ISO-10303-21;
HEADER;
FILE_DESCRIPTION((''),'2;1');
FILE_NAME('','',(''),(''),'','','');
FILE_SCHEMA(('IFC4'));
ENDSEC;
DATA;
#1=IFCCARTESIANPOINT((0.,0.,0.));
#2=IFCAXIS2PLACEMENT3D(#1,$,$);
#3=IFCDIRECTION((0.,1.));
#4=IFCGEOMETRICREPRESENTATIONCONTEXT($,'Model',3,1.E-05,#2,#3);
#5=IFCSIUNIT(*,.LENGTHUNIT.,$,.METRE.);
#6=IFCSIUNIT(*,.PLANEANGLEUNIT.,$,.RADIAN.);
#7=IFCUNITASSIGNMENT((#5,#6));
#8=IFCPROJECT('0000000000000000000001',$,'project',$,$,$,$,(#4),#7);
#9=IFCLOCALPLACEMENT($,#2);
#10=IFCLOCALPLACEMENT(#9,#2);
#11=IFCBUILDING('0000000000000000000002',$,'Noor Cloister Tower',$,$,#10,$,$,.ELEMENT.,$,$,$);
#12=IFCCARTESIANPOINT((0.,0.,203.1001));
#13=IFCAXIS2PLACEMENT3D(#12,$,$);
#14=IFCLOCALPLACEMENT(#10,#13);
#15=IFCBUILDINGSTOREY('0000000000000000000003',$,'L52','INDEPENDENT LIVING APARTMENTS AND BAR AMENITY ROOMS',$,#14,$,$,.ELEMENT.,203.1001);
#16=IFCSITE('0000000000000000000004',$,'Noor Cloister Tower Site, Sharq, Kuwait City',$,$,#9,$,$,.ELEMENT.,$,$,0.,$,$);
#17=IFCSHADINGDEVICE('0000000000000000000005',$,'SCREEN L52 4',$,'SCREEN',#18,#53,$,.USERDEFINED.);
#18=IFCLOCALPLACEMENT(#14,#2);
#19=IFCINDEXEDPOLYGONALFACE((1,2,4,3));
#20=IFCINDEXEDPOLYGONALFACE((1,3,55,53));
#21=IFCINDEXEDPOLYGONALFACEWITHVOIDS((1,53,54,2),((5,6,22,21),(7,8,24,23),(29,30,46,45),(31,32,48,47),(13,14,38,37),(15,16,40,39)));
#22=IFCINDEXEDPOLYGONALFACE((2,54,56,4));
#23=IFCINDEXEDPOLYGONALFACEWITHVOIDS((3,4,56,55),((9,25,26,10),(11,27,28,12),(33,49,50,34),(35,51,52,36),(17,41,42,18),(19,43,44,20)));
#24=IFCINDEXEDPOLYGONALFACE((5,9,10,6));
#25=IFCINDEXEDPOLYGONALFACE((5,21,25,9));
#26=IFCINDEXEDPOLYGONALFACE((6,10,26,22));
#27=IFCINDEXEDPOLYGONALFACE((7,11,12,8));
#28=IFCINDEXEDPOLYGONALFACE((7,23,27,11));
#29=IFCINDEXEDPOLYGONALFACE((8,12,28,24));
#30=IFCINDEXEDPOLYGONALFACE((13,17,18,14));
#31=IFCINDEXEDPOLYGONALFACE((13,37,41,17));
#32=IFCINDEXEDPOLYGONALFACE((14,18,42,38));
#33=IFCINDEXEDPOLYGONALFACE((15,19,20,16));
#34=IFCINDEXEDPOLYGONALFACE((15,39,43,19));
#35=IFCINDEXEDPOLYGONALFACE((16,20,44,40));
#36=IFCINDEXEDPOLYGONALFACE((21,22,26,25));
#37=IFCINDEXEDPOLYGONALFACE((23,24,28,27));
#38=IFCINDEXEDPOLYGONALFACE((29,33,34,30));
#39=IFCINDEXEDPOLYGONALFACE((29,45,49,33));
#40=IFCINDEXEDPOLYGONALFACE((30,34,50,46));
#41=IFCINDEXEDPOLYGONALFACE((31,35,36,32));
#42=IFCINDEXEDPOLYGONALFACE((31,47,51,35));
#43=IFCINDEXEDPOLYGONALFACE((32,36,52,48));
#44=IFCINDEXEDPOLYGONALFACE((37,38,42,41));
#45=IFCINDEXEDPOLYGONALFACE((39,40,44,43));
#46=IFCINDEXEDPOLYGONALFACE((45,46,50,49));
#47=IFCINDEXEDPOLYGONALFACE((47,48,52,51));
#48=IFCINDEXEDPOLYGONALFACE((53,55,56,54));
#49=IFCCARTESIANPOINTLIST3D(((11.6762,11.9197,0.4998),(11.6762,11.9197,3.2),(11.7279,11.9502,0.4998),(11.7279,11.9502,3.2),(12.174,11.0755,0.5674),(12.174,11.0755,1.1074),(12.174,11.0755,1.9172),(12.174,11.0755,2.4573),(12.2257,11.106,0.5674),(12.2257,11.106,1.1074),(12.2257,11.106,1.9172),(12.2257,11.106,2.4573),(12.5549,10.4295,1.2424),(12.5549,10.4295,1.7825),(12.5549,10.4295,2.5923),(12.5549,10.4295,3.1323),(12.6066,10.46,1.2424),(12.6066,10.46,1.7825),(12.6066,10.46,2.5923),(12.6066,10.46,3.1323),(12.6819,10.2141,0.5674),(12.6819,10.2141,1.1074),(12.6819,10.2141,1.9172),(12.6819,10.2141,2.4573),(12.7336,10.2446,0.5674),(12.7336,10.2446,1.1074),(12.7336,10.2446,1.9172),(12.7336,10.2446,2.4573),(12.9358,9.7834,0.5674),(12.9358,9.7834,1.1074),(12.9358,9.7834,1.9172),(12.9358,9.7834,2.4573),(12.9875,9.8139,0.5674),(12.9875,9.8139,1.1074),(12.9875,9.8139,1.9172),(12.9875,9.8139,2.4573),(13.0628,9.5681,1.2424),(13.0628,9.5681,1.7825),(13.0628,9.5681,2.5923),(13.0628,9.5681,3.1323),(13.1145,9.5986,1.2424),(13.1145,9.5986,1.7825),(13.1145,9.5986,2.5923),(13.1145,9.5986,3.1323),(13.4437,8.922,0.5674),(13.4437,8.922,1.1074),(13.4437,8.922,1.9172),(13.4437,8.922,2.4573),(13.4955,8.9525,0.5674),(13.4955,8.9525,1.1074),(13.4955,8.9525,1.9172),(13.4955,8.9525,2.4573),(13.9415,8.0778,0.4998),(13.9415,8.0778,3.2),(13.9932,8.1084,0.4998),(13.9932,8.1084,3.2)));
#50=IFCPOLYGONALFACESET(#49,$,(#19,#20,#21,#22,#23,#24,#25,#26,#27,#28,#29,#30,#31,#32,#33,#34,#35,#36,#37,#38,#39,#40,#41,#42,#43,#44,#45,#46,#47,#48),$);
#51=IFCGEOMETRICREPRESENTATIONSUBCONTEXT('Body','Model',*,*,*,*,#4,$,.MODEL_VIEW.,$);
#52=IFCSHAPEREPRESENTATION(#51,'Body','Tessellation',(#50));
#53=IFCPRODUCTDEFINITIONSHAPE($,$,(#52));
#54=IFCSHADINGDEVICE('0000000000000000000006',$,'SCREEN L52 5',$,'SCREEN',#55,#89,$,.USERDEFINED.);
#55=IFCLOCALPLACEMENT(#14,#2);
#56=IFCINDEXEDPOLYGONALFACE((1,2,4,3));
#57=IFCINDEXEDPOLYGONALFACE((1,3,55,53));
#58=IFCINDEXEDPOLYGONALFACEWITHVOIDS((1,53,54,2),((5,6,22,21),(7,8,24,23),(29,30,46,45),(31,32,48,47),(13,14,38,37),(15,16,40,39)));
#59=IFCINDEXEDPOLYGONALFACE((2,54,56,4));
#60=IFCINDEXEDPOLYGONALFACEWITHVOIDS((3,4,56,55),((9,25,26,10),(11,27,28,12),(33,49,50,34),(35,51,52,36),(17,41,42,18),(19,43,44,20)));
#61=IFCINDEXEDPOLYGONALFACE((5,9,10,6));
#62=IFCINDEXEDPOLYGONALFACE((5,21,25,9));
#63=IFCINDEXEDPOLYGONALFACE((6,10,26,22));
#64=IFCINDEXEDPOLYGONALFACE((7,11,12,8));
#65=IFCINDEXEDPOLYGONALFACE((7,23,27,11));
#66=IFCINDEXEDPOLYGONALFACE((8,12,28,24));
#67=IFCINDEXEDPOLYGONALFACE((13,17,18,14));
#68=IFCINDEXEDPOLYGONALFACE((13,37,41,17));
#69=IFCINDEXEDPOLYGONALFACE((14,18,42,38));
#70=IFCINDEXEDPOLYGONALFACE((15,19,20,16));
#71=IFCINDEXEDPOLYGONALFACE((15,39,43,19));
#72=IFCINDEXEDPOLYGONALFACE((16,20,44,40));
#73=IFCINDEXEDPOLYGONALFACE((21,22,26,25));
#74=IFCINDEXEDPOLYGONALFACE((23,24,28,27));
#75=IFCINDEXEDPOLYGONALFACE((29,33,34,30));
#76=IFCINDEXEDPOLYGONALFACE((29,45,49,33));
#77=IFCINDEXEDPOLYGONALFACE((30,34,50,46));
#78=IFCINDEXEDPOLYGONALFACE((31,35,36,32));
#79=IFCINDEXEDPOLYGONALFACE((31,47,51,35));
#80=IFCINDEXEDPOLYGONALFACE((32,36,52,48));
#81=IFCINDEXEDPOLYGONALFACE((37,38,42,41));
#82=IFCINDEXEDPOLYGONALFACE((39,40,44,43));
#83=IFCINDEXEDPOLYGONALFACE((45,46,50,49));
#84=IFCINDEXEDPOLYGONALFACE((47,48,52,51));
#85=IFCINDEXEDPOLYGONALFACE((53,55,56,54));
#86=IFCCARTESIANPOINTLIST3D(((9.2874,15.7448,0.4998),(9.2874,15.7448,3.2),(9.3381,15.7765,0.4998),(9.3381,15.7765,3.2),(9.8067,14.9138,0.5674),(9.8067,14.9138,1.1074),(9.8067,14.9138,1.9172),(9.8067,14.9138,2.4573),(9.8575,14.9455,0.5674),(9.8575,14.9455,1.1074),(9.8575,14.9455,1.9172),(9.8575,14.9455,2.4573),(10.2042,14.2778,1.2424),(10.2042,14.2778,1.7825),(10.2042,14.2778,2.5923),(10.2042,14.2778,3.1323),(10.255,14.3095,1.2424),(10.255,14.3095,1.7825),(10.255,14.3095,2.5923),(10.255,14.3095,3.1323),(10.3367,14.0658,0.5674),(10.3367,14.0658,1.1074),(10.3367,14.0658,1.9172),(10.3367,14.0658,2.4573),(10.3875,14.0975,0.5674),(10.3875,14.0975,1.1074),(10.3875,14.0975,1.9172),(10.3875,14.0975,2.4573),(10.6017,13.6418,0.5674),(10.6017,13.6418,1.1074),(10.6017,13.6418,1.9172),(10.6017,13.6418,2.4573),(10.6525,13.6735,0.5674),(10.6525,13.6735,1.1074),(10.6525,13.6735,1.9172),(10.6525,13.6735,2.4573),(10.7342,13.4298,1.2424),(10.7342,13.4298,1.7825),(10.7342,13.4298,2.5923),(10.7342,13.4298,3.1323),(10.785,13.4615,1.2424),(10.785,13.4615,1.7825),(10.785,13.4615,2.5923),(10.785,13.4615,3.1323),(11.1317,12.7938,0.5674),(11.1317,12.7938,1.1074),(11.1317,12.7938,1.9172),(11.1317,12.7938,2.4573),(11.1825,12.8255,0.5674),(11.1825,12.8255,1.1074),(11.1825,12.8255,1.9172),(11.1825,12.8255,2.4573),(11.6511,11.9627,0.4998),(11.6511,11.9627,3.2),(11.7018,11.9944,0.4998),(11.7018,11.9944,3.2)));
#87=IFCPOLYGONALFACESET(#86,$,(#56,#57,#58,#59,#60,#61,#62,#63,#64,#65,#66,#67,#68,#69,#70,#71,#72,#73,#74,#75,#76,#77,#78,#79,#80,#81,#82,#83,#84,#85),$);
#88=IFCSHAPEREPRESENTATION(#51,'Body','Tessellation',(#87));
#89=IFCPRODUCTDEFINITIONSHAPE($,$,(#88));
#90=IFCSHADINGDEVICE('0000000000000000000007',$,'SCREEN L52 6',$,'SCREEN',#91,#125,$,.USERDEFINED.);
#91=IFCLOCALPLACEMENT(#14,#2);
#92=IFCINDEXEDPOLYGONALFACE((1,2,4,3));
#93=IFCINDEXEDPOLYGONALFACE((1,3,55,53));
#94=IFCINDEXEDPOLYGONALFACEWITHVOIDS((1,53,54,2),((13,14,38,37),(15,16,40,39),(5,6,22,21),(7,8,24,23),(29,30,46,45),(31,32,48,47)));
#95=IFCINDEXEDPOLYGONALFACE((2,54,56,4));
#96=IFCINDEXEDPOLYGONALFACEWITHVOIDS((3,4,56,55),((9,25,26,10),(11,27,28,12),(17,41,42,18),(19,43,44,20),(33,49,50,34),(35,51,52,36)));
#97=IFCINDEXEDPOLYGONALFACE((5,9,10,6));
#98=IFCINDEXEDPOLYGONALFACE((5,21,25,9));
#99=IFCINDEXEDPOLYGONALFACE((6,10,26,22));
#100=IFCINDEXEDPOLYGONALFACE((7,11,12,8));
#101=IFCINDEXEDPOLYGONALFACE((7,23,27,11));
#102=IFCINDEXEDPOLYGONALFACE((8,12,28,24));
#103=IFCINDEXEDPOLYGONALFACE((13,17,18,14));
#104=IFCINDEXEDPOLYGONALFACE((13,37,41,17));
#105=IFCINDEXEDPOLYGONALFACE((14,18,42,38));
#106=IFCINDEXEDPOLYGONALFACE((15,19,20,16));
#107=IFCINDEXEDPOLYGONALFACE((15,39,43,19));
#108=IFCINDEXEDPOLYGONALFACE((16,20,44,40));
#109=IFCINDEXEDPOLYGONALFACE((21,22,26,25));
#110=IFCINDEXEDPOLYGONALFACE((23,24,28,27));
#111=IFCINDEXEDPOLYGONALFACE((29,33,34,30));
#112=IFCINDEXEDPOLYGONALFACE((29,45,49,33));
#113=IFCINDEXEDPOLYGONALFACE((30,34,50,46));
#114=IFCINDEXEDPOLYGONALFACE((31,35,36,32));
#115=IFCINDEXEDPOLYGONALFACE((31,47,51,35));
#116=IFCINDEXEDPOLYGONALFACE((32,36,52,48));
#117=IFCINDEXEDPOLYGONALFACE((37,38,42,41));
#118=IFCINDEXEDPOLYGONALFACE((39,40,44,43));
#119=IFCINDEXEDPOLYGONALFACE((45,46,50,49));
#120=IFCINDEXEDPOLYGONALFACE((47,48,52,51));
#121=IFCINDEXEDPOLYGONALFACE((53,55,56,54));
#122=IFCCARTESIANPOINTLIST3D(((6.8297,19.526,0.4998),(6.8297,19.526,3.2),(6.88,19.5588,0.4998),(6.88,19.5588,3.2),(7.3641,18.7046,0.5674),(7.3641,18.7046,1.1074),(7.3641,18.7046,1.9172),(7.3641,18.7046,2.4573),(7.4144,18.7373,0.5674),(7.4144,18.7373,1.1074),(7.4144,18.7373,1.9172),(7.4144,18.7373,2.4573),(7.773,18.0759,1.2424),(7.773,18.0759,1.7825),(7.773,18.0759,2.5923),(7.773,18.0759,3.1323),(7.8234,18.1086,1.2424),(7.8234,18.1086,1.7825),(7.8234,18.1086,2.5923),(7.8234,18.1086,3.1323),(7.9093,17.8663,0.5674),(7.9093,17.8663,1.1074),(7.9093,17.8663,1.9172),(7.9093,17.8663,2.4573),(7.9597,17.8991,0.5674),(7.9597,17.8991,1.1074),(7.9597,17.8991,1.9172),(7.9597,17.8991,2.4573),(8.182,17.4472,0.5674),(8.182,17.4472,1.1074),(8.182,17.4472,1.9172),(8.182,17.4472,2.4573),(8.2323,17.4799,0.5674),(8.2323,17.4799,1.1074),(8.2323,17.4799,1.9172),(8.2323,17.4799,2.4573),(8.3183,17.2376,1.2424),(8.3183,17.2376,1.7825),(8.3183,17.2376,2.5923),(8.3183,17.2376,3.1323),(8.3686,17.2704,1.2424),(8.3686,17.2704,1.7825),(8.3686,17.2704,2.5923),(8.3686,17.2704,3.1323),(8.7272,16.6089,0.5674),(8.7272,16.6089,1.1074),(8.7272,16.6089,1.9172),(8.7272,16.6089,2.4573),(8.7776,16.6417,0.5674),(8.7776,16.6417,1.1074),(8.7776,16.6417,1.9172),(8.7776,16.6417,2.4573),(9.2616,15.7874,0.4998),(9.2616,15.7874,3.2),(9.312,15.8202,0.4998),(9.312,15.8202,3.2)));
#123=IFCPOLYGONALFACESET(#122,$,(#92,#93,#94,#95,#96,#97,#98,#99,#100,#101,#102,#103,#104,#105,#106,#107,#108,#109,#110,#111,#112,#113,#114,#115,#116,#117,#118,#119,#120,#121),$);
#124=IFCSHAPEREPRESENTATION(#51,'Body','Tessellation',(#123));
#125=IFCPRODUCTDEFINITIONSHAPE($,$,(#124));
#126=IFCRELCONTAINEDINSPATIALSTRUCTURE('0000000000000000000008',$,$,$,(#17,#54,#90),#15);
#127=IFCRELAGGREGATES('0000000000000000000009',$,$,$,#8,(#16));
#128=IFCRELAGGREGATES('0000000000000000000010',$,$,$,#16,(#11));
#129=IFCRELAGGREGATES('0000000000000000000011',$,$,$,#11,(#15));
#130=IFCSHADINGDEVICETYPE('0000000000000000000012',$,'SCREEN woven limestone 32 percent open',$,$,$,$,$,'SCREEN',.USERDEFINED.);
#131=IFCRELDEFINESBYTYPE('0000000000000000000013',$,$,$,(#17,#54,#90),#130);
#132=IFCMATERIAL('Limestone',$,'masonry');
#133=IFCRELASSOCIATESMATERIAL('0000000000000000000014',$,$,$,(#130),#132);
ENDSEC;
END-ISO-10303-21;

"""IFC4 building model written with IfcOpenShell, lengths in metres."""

from ifc_helpers import new_model, si_unit, direction, frame, origin, place, context, subcontext, project, spatial, polyline, outline, extrude, material, material_profile, profile_set, type_object, element, save


model = new_model("IFC4")

# Units and contexts
model_context = context("Model", 3, precision=1e-05, world=origin(), true_north=direction((0.0, 1.0)))
body_context = subcontext(model_context, "Body", "Model", "MODEL_VIEW")
ifc_project = project(units=[si_unit("LENGTHUNIT", "METRE"), si_unit("PLANEANGLEUNIT", "RADIAN")], contexts=[model_context])

# Site, building, storey
site_placement = place(None, origin())
site = spatial("IfcSite", under=ifc_project, at=site_placement, Name="Noor Cloister Tower Site, Sharq, Kuwait City", CompositionType="ELEMENT", RefElevation=0.0)
building_placement = place(site_placement, origin())
building = spatial("IfcBuilding", under=site, at=building_placement, Name="Noor Cloister Tower", CompositionType="ELEMENT")
storey_placement = place(building_placement, frame((0.0, 0.0, 203.1001)))
storey = spatial("IfcBuildingStorey", under=building, at=storey_placement, Name="L52", Description="INDEPENDENT LIVING APARTMENTS AND BAR AMENITY ROOMS", CompositionType="ELEMENT", Elevation=203.1001)

# Shading devices
ifc_material_1 = material(Name="Limestone", Category="masonry")
ifc_material_profile_1 = material_profile(ifc_material_1, outline(polyline([(-2.23, -1.3501), (2.23, -1.3501), (2.23, 1.3501), (-2.23, 1.3501), (-2.23, -1.3501)]), holes=[polyline([(-1.25, -1.2825), (-0.25, -1.2825), (-0.25, -0.7424), (-1.25, -0.7424), (-1.25, -1.2825)]), polyline([(0.25, -1.2825), (1.25, -1.2825), (1.25, -0.7424), (0.25, -0.7424), (0.25, -1.2825)]), polyline([(-0.5, -0.6074), (0.5, -0.6074), (0.5, -0.0674), (-0.5, -0.0674), (-0.5, -0.6074)]), polyline([(-1.25, 0.0674), (-0.25, 0.0674), (-0.25, 0.6074), (-1.25, 0.6074), (-1.25, 0.0674)]), polyline([(0.25, 0.0674), (1.25, 0.0674), (1.25, 0.6074), (0.25, 0.6074), (0.25, 0.0674)]), polyline([(-0.5, 0.7424), (0.5, 0.7424), (0.5, 1.2825), (-0.5, 1.2825), (-0.5, 0.7424)])]), Name="Woven screen 32 percent open")
ifc_profile_set_1 = profile_set([ifc_material_profile_1], Name="Limestone")
shading_device_type = type_object("IfcShadingDeviceType", Name="SCREEN woven limestone 32 percent open", ElementType="SCREEN", PredefinedType="USERDEFINED", material=ifc_profile_set_1)
shading_device_1_placement = place(storey_placement, frame((12.8088, 9.9988, 1.8499), z_axis=(0.861411, 0.507908, 0.0), x_axis=(-0.507908, 0.861411, 0.0)))
element("IfcShadingDevice", 1, at=shading_device_1_placement, inside=storey, type_object=shading_device_type, Name="SCREEN L52 4", ObjectType="SCREEN", PredefinedType="USERDEFINED", context=body_context, shape_type="SweptSolid", body=[
    extrude(outline(polyline([(-2.23, -1.3501), (2.23, -1.3501), (2.23, 1.3501), (-2.23, 1.3501), (-2.23, -1.3501)]), holes=[polyline([(-1.25, -1.2825), (-0.25, -1.2825), (-0.25, -0.7424), (-1.25, -0.7424), (-1.25, -1.2825)]), polyline([(0.25, -1.2825), (1.25, -1.2825), (1.25, -0.7424), (0.25, -0.7424), (0.25, -1.2825)]), polyline([(-0.5, -0.6074), (0.5, -0.6074), (0.5, -0.0674), (-0.5, -0.0674), (-0.5, -0.6074)]), polyline([(-1.25, 0.0674), (-0.25, 0.0674), (-0.25, 0.6074), (-1.25, 0.6074), (-1.25, 0.0674)]), polyline([(0.25, 0.0674), (1.25, 0.0674), (1.25, 0.6074), (0.25, 0.6074), (0.25, 0.0674)]), polyline([(-0.5, 0.7424), (0.5, 0.7424), (0.5, 1.2825), (-0.5, 1.2825), (-0.5, 0.7424)])]), origin(), (0.0, 0.0, 1.0), 0.0601),
])
shading_device_2_placement = place(storey_placement, frame((10.4692, 13.8538, 1.8499), z_axis=(0.847998, 0.529999, 0.0), x_axis=(-0.529999, 0.847998, 0.0)))
element("IfcShadingDevice", 2, at=shading_device_2_placement, inside=storey, type_object=shading_device_type, Name="SCREEN L52 5", ObjectType="SCREEN", PredefinedType="USERDEFINED", context=body_context, shape_type="SweptSolid", body=[
    extrude(outline(polyline([(-2.23, -1.3501), (2.23, -1.3501), (2.23, 1.3501), (-2.23, 1.3501), (-2.23, -1.3501)]), holes=[polyline([(-1.25, -1.2825), (-0.25, -1.2825), (-0.25, -0.7424), (-1.25, -0.7424), (-1.25, -1.2825)]), polyline([(0.25, -1.2825), (1.25, -1.2825), (1.25, -0.7424), (0.25, -0.7424), (0.25, -1.2825)]), polyline([(-0.5, -0.6074), (0.5, -0.6074), (0.5, -0.0674), (-0.5, -0.0674), (-0.5, -0.6074)]), polyline([(-1.25, 0.0674), (-0.25, 0.0674), (-0.25, 0.6074), (-1.25, 0.6074), (-1.25, 0.0674)]), polyline([(0.25, 0.0674), (1.25, 0.0674), (1.25, 0.6074), (0.25, 0.6074), (0.25, 0.0674)]), polyline([(-0.5, 0.7424), (0.5, 0.7424), (0.5, 1.2825), (-0.5, 1.2825), (-0.5, 0.7424)])]), origin(), (0.0, 0.0, 1.0), 0.0598),
])
shading_device_3_placement = place(storey_placement, frame((8.0457, 17.6567, 1.8499), z_axis=(0.838258, 0.545274, 0.0), x_axis=(-0.545274, 0.838258, 0.0)))
element("IfcShadingDevice", 3, at=shading_device_3_placement, inside=storey, type_object=shading_device_type, Name="SCREEN L52 6", ObjectType="SCREEN", PredefinedType="USERDEFINED", context=body_context, shape_type="SweptSolid", body=[
    extrude(outline(polyline([(-2.23, -1.3501), (2.23, -1.3501), (2.23, 1.3501), (-2.23, 1.3501), (-2.23, -1.3501)]), holes=[polyline([(-1.25, -1.2825), (-0.25, -1.2825), (-0.25, -0.7424), (-1.25, -0.7424), (-1.25, -1.2825)]), polyline([(0.25, -1.2825), (1.25, -1.2825), (1.25, -0.7424), (0.25, -0.7424), (0.25, -1.2825)]), polyline([(-0.5, -0.6074), (0.5, -0.6074), (0.5, -0.0674), (-0.5, -0.0674), (-0.5, -0.6074)]), polyline([(-1.25, 0.0674), (-0.25, 0.0674), (-0.25, 0.6074), (-1.25, 0.6074), (-1.25, 0.0674)]), polyline([(0.25, 0.0674), (1.25, 0.0674), (1.25, 0.6074), (0.25, 0.6074), (0.25, 0.0674)]), polyline([(-0.5, 0.7424), (0.5, 0.7424), (0.5, 1.2825), (-0.5, 1.2825), (-0.5, 0.7424)])]), origin(), (0.0, 0.0, 1.0), 0.0601),
])

save(model, "model.ifc")
